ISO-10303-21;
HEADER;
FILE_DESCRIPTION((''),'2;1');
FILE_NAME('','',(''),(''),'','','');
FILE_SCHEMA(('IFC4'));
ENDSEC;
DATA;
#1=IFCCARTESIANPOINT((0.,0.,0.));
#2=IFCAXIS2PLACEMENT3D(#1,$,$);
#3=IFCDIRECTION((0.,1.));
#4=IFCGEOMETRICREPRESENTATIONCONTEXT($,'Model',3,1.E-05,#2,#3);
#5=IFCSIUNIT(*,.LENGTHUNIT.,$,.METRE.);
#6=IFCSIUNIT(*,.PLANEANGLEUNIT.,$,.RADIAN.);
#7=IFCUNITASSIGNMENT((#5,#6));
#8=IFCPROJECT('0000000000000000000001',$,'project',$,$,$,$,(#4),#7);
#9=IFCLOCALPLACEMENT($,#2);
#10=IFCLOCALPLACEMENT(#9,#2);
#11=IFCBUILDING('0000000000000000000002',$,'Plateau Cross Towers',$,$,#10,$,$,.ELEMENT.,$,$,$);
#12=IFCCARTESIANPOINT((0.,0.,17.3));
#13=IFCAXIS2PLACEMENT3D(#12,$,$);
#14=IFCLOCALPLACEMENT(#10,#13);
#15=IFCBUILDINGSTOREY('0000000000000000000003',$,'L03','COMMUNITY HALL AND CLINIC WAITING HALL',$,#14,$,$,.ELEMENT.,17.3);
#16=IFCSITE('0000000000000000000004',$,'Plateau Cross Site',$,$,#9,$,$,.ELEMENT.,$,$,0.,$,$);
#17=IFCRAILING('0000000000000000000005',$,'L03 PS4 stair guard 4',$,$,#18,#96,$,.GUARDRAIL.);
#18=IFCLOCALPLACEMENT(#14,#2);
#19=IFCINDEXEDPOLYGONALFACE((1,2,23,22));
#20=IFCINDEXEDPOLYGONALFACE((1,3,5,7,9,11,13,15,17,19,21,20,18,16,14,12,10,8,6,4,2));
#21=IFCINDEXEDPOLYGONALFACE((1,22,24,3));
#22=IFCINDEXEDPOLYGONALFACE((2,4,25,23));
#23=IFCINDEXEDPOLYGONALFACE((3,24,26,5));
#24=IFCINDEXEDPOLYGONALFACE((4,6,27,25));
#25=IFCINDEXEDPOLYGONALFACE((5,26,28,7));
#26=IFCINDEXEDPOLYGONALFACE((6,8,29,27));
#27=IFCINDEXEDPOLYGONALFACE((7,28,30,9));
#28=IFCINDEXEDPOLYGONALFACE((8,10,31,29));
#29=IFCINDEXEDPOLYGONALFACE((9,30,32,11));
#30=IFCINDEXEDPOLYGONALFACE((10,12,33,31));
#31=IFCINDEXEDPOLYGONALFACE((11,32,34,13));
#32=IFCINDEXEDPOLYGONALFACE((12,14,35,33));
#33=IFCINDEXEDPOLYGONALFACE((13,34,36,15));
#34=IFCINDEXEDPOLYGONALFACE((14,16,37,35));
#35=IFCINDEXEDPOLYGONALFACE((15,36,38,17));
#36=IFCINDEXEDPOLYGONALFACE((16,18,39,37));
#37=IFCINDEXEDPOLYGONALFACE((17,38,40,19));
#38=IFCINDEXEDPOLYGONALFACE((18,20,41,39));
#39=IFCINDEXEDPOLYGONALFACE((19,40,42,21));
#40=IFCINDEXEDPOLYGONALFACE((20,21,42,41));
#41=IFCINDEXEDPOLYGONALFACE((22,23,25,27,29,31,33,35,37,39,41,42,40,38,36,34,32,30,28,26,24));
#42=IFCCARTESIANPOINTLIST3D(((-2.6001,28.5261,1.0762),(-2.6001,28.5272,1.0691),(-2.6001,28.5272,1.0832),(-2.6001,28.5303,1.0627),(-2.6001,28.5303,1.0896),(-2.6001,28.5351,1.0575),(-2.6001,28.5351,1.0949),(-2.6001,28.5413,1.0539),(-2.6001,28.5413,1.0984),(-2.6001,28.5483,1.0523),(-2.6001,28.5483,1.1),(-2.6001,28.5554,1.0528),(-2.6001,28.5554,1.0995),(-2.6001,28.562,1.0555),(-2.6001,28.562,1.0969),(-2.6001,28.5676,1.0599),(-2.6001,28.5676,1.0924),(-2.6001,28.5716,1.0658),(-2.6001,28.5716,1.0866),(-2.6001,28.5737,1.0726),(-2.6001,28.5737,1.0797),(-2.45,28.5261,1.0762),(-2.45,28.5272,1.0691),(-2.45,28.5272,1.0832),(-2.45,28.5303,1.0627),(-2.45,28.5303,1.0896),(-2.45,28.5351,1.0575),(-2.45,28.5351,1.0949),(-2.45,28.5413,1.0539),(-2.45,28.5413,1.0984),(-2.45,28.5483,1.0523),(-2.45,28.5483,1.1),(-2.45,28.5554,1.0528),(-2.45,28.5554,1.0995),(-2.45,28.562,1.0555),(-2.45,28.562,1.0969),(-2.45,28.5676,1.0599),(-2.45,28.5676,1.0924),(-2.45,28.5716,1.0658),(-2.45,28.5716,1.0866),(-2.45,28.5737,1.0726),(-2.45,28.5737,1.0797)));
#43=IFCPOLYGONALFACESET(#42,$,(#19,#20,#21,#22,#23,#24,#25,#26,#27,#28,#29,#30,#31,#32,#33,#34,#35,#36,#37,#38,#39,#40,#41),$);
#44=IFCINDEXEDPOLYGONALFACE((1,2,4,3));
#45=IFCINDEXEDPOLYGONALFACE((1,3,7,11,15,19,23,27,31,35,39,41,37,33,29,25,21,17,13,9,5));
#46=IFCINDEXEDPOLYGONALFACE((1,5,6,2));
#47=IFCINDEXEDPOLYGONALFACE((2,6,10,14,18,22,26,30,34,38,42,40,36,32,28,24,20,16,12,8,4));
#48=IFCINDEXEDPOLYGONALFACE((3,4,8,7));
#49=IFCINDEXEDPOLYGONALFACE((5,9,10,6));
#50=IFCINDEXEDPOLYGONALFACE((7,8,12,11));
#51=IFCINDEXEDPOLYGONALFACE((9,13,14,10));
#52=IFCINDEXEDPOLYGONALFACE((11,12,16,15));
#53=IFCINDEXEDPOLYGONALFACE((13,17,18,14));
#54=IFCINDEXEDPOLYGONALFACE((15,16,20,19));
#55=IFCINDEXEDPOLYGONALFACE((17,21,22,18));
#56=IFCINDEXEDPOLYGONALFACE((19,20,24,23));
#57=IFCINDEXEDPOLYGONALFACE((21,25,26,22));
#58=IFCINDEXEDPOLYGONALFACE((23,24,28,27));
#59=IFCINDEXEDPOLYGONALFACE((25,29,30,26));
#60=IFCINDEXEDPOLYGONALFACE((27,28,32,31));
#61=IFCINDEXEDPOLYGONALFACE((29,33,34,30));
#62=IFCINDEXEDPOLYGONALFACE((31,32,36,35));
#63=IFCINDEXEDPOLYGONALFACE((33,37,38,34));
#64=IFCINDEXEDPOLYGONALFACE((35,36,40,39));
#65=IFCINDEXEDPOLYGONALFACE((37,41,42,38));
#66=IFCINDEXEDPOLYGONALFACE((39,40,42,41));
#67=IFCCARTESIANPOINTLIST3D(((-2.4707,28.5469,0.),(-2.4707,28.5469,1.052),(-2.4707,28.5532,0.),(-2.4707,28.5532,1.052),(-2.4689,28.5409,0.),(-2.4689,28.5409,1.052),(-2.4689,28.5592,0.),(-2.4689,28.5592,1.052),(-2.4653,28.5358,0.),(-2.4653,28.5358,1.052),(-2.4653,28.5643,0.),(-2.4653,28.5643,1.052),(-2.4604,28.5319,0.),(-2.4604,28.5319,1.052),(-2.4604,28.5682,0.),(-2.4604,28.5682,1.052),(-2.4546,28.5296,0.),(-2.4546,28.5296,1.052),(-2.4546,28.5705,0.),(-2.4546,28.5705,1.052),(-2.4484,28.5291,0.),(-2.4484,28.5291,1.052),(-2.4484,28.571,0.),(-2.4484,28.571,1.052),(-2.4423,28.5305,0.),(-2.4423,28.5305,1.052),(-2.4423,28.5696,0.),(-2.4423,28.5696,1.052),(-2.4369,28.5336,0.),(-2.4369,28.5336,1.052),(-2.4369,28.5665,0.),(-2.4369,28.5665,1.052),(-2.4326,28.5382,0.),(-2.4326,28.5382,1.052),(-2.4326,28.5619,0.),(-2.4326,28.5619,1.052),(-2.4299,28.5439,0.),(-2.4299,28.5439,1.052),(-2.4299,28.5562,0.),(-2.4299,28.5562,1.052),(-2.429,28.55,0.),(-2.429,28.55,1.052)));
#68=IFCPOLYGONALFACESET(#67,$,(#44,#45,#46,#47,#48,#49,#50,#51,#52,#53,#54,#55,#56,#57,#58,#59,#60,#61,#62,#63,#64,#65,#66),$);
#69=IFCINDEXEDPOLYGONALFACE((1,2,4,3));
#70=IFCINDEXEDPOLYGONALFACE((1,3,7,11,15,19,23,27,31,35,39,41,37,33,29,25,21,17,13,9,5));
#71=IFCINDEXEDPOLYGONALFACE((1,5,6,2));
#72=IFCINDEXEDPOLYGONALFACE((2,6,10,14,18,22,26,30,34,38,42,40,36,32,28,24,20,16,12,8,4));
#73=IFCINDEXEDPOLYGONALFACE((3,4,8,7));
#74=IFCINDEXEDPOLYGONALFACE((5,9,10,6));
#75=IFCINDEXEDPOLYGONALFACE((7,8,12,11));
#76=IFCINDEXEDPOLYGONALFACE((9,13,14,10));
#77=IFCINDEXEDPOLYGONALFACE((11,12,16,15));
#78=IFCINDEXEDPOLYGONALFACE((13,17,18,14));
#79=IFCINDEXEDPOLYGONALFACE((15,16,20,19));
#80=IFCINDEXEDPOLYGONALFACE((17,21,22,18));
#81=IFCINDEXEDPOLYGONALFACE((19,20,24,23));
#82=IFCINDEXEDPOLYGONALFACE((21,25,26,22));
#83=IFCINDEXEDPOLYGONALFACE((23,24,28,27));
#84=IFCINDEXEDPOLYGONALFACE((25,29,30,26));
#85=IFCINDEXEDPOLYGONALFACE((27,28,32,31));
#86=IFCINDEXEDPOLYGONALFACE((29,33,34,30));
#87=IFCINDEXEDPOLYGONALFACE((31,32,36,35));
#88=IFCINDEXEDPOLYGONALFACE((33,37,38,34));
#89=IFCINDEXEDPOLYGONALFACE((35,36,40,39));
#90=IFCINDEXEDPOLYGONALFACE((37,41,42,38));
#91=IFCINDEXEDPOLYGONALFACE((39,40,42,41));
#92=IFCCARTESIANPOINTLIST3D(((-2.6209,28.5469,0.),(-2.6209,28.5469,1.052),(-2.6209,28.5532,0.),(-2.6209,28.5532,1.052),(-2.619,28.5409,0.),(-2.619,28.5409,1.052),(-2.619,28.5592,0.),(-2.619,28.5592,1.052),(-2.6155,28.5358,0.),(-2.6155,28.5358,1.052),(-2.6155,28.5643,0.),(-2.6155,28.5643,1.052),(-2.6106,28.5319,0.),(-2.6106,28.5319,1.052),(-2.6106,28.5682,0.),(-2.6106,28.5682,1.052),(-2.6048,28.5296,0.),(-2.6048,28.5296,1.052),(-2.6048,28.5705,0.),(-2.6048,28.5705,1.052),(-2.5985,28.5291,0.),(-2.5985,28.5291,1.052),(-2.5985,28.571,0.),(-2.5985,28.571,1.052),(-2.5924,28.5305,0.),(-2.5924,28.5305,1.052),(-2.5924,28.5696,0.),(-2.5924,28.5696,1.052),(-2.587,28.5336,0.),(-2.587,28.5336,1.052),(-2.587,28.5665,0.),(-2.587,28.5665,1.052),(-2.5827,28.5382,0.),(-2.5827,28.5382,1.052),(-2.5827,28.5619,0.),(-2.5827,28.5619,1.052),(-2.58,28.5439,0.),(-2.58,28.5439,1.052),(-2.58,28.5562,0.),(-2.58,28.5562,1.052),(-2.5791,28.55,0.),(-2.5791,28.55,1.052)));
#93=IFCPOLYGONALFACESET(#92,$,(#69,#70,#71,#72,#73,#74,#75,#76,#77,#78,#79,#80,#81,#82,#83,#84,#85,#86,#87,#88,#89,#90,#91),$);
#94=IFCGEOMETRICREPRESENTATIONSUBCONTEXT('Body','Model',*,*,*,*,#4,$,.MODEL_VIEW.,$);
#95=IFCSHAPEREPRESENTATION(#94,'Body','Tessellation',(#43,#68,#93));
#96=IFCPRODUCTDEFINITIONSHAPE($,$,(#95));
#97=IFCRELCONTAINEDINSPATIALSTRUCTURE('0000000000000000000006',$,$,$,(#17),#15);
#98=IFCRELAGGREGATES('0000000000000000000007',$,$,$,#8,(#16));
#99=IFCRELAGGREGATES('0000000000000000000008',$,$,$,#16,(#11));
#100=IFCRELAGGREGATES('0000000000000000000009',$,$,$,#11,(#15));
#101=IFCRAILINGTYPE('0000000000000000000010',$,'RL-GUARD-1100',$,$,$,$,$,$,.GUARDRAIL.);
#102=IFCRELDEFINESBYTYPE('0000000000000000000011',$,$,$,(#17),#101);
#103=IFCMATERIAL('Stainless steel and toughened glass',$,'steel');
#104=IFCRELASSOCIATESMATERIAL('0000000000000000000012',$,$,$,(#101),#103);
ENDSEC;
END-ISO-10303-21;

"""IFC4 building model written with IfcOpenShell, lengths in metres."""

from ifc_helpers import new_model, si_unit, direction, frame, origin, origin_2d, place, context, subcontext, project, spatial, circle, extrude, material, type_object, element, save


model = new_model("IFC4")

# Units and contexts
model_context = context("Model", 3, precision=1e-05, world=origin(), true_north=direction((0.0, 1.0)))
body_context = subcontext(model_context, "Body", "Model", "MODEL_VIEW")
ifc_project = project(units=[si_unit("LENGTHUNIT", "METRE"), si_unit("PLANEANGLEUNIT", "RADIAN")], contexts=[model_context])

# Site, building, storey
site_placement = place(None, origin())
site = spatial("IfcSite", under=ifc_project, at=site_placement, Name="Plateau Cross Site", CompositionType="ELEMENT", RefElevation=0.0)
building_placement = place(site_placement, origin())
building = spatial("IfcBuilding", under=site, at=building_placement, Name="Plateau Cross Towers", CompositionType="ELEMENT")
storey_placement = place(building_placement, frame((0.0, 0.0, 17.3)))
storey = spatial("IfcBuildingStorey", under=building, at=storey_placement, Name="L03", Description="COMMUNITY HALL AND CLINIC WAITING HALL", CompositionType="ELEMENT", Elevation=17.3)

# Railing
ifc_material_1 = material(Name="Stainless steel and toughened glass", Category="steel")
railing_type_1 = type_object("IfcRailingType", Name="RL-GUARD-1100", PredefinedType="GUARDRAIL", material=ifc_material_1)
railing_1_placement = place(storey_placement, frame((-2.45, 28.55, 0.0)))
element("IfcRailing", 1, at=railing_1_placement, inside=storey, type_object=railing_type_1, Name="L03 PS4 stair guard 4", PredefinedType="GUARDRAIL", context=body_context, shape_type="SweptSolid", body=[
    extrude(circle(Radius=0.0239, at=origin_2d()), frame((0.0, 0.0, 1.0762), z_axis=(-1.0, 0.0, 0.0), x_axis=(0.0, -1.0, 0.0)), (0.0, 0.0, 1.0), 0.1501),
    extrude(circle(Radius=0.021, at=origin_2d()), origin(), (0.0, 0.0, 1.0), 1.052),
    extrude(circle(Radius=0.021, at=origin_2d()), frame((-0.1501, 0.0, 0.0)), (0.0, 0.0, 1.0), 1.052),
])

save(model, "model.ifc")
